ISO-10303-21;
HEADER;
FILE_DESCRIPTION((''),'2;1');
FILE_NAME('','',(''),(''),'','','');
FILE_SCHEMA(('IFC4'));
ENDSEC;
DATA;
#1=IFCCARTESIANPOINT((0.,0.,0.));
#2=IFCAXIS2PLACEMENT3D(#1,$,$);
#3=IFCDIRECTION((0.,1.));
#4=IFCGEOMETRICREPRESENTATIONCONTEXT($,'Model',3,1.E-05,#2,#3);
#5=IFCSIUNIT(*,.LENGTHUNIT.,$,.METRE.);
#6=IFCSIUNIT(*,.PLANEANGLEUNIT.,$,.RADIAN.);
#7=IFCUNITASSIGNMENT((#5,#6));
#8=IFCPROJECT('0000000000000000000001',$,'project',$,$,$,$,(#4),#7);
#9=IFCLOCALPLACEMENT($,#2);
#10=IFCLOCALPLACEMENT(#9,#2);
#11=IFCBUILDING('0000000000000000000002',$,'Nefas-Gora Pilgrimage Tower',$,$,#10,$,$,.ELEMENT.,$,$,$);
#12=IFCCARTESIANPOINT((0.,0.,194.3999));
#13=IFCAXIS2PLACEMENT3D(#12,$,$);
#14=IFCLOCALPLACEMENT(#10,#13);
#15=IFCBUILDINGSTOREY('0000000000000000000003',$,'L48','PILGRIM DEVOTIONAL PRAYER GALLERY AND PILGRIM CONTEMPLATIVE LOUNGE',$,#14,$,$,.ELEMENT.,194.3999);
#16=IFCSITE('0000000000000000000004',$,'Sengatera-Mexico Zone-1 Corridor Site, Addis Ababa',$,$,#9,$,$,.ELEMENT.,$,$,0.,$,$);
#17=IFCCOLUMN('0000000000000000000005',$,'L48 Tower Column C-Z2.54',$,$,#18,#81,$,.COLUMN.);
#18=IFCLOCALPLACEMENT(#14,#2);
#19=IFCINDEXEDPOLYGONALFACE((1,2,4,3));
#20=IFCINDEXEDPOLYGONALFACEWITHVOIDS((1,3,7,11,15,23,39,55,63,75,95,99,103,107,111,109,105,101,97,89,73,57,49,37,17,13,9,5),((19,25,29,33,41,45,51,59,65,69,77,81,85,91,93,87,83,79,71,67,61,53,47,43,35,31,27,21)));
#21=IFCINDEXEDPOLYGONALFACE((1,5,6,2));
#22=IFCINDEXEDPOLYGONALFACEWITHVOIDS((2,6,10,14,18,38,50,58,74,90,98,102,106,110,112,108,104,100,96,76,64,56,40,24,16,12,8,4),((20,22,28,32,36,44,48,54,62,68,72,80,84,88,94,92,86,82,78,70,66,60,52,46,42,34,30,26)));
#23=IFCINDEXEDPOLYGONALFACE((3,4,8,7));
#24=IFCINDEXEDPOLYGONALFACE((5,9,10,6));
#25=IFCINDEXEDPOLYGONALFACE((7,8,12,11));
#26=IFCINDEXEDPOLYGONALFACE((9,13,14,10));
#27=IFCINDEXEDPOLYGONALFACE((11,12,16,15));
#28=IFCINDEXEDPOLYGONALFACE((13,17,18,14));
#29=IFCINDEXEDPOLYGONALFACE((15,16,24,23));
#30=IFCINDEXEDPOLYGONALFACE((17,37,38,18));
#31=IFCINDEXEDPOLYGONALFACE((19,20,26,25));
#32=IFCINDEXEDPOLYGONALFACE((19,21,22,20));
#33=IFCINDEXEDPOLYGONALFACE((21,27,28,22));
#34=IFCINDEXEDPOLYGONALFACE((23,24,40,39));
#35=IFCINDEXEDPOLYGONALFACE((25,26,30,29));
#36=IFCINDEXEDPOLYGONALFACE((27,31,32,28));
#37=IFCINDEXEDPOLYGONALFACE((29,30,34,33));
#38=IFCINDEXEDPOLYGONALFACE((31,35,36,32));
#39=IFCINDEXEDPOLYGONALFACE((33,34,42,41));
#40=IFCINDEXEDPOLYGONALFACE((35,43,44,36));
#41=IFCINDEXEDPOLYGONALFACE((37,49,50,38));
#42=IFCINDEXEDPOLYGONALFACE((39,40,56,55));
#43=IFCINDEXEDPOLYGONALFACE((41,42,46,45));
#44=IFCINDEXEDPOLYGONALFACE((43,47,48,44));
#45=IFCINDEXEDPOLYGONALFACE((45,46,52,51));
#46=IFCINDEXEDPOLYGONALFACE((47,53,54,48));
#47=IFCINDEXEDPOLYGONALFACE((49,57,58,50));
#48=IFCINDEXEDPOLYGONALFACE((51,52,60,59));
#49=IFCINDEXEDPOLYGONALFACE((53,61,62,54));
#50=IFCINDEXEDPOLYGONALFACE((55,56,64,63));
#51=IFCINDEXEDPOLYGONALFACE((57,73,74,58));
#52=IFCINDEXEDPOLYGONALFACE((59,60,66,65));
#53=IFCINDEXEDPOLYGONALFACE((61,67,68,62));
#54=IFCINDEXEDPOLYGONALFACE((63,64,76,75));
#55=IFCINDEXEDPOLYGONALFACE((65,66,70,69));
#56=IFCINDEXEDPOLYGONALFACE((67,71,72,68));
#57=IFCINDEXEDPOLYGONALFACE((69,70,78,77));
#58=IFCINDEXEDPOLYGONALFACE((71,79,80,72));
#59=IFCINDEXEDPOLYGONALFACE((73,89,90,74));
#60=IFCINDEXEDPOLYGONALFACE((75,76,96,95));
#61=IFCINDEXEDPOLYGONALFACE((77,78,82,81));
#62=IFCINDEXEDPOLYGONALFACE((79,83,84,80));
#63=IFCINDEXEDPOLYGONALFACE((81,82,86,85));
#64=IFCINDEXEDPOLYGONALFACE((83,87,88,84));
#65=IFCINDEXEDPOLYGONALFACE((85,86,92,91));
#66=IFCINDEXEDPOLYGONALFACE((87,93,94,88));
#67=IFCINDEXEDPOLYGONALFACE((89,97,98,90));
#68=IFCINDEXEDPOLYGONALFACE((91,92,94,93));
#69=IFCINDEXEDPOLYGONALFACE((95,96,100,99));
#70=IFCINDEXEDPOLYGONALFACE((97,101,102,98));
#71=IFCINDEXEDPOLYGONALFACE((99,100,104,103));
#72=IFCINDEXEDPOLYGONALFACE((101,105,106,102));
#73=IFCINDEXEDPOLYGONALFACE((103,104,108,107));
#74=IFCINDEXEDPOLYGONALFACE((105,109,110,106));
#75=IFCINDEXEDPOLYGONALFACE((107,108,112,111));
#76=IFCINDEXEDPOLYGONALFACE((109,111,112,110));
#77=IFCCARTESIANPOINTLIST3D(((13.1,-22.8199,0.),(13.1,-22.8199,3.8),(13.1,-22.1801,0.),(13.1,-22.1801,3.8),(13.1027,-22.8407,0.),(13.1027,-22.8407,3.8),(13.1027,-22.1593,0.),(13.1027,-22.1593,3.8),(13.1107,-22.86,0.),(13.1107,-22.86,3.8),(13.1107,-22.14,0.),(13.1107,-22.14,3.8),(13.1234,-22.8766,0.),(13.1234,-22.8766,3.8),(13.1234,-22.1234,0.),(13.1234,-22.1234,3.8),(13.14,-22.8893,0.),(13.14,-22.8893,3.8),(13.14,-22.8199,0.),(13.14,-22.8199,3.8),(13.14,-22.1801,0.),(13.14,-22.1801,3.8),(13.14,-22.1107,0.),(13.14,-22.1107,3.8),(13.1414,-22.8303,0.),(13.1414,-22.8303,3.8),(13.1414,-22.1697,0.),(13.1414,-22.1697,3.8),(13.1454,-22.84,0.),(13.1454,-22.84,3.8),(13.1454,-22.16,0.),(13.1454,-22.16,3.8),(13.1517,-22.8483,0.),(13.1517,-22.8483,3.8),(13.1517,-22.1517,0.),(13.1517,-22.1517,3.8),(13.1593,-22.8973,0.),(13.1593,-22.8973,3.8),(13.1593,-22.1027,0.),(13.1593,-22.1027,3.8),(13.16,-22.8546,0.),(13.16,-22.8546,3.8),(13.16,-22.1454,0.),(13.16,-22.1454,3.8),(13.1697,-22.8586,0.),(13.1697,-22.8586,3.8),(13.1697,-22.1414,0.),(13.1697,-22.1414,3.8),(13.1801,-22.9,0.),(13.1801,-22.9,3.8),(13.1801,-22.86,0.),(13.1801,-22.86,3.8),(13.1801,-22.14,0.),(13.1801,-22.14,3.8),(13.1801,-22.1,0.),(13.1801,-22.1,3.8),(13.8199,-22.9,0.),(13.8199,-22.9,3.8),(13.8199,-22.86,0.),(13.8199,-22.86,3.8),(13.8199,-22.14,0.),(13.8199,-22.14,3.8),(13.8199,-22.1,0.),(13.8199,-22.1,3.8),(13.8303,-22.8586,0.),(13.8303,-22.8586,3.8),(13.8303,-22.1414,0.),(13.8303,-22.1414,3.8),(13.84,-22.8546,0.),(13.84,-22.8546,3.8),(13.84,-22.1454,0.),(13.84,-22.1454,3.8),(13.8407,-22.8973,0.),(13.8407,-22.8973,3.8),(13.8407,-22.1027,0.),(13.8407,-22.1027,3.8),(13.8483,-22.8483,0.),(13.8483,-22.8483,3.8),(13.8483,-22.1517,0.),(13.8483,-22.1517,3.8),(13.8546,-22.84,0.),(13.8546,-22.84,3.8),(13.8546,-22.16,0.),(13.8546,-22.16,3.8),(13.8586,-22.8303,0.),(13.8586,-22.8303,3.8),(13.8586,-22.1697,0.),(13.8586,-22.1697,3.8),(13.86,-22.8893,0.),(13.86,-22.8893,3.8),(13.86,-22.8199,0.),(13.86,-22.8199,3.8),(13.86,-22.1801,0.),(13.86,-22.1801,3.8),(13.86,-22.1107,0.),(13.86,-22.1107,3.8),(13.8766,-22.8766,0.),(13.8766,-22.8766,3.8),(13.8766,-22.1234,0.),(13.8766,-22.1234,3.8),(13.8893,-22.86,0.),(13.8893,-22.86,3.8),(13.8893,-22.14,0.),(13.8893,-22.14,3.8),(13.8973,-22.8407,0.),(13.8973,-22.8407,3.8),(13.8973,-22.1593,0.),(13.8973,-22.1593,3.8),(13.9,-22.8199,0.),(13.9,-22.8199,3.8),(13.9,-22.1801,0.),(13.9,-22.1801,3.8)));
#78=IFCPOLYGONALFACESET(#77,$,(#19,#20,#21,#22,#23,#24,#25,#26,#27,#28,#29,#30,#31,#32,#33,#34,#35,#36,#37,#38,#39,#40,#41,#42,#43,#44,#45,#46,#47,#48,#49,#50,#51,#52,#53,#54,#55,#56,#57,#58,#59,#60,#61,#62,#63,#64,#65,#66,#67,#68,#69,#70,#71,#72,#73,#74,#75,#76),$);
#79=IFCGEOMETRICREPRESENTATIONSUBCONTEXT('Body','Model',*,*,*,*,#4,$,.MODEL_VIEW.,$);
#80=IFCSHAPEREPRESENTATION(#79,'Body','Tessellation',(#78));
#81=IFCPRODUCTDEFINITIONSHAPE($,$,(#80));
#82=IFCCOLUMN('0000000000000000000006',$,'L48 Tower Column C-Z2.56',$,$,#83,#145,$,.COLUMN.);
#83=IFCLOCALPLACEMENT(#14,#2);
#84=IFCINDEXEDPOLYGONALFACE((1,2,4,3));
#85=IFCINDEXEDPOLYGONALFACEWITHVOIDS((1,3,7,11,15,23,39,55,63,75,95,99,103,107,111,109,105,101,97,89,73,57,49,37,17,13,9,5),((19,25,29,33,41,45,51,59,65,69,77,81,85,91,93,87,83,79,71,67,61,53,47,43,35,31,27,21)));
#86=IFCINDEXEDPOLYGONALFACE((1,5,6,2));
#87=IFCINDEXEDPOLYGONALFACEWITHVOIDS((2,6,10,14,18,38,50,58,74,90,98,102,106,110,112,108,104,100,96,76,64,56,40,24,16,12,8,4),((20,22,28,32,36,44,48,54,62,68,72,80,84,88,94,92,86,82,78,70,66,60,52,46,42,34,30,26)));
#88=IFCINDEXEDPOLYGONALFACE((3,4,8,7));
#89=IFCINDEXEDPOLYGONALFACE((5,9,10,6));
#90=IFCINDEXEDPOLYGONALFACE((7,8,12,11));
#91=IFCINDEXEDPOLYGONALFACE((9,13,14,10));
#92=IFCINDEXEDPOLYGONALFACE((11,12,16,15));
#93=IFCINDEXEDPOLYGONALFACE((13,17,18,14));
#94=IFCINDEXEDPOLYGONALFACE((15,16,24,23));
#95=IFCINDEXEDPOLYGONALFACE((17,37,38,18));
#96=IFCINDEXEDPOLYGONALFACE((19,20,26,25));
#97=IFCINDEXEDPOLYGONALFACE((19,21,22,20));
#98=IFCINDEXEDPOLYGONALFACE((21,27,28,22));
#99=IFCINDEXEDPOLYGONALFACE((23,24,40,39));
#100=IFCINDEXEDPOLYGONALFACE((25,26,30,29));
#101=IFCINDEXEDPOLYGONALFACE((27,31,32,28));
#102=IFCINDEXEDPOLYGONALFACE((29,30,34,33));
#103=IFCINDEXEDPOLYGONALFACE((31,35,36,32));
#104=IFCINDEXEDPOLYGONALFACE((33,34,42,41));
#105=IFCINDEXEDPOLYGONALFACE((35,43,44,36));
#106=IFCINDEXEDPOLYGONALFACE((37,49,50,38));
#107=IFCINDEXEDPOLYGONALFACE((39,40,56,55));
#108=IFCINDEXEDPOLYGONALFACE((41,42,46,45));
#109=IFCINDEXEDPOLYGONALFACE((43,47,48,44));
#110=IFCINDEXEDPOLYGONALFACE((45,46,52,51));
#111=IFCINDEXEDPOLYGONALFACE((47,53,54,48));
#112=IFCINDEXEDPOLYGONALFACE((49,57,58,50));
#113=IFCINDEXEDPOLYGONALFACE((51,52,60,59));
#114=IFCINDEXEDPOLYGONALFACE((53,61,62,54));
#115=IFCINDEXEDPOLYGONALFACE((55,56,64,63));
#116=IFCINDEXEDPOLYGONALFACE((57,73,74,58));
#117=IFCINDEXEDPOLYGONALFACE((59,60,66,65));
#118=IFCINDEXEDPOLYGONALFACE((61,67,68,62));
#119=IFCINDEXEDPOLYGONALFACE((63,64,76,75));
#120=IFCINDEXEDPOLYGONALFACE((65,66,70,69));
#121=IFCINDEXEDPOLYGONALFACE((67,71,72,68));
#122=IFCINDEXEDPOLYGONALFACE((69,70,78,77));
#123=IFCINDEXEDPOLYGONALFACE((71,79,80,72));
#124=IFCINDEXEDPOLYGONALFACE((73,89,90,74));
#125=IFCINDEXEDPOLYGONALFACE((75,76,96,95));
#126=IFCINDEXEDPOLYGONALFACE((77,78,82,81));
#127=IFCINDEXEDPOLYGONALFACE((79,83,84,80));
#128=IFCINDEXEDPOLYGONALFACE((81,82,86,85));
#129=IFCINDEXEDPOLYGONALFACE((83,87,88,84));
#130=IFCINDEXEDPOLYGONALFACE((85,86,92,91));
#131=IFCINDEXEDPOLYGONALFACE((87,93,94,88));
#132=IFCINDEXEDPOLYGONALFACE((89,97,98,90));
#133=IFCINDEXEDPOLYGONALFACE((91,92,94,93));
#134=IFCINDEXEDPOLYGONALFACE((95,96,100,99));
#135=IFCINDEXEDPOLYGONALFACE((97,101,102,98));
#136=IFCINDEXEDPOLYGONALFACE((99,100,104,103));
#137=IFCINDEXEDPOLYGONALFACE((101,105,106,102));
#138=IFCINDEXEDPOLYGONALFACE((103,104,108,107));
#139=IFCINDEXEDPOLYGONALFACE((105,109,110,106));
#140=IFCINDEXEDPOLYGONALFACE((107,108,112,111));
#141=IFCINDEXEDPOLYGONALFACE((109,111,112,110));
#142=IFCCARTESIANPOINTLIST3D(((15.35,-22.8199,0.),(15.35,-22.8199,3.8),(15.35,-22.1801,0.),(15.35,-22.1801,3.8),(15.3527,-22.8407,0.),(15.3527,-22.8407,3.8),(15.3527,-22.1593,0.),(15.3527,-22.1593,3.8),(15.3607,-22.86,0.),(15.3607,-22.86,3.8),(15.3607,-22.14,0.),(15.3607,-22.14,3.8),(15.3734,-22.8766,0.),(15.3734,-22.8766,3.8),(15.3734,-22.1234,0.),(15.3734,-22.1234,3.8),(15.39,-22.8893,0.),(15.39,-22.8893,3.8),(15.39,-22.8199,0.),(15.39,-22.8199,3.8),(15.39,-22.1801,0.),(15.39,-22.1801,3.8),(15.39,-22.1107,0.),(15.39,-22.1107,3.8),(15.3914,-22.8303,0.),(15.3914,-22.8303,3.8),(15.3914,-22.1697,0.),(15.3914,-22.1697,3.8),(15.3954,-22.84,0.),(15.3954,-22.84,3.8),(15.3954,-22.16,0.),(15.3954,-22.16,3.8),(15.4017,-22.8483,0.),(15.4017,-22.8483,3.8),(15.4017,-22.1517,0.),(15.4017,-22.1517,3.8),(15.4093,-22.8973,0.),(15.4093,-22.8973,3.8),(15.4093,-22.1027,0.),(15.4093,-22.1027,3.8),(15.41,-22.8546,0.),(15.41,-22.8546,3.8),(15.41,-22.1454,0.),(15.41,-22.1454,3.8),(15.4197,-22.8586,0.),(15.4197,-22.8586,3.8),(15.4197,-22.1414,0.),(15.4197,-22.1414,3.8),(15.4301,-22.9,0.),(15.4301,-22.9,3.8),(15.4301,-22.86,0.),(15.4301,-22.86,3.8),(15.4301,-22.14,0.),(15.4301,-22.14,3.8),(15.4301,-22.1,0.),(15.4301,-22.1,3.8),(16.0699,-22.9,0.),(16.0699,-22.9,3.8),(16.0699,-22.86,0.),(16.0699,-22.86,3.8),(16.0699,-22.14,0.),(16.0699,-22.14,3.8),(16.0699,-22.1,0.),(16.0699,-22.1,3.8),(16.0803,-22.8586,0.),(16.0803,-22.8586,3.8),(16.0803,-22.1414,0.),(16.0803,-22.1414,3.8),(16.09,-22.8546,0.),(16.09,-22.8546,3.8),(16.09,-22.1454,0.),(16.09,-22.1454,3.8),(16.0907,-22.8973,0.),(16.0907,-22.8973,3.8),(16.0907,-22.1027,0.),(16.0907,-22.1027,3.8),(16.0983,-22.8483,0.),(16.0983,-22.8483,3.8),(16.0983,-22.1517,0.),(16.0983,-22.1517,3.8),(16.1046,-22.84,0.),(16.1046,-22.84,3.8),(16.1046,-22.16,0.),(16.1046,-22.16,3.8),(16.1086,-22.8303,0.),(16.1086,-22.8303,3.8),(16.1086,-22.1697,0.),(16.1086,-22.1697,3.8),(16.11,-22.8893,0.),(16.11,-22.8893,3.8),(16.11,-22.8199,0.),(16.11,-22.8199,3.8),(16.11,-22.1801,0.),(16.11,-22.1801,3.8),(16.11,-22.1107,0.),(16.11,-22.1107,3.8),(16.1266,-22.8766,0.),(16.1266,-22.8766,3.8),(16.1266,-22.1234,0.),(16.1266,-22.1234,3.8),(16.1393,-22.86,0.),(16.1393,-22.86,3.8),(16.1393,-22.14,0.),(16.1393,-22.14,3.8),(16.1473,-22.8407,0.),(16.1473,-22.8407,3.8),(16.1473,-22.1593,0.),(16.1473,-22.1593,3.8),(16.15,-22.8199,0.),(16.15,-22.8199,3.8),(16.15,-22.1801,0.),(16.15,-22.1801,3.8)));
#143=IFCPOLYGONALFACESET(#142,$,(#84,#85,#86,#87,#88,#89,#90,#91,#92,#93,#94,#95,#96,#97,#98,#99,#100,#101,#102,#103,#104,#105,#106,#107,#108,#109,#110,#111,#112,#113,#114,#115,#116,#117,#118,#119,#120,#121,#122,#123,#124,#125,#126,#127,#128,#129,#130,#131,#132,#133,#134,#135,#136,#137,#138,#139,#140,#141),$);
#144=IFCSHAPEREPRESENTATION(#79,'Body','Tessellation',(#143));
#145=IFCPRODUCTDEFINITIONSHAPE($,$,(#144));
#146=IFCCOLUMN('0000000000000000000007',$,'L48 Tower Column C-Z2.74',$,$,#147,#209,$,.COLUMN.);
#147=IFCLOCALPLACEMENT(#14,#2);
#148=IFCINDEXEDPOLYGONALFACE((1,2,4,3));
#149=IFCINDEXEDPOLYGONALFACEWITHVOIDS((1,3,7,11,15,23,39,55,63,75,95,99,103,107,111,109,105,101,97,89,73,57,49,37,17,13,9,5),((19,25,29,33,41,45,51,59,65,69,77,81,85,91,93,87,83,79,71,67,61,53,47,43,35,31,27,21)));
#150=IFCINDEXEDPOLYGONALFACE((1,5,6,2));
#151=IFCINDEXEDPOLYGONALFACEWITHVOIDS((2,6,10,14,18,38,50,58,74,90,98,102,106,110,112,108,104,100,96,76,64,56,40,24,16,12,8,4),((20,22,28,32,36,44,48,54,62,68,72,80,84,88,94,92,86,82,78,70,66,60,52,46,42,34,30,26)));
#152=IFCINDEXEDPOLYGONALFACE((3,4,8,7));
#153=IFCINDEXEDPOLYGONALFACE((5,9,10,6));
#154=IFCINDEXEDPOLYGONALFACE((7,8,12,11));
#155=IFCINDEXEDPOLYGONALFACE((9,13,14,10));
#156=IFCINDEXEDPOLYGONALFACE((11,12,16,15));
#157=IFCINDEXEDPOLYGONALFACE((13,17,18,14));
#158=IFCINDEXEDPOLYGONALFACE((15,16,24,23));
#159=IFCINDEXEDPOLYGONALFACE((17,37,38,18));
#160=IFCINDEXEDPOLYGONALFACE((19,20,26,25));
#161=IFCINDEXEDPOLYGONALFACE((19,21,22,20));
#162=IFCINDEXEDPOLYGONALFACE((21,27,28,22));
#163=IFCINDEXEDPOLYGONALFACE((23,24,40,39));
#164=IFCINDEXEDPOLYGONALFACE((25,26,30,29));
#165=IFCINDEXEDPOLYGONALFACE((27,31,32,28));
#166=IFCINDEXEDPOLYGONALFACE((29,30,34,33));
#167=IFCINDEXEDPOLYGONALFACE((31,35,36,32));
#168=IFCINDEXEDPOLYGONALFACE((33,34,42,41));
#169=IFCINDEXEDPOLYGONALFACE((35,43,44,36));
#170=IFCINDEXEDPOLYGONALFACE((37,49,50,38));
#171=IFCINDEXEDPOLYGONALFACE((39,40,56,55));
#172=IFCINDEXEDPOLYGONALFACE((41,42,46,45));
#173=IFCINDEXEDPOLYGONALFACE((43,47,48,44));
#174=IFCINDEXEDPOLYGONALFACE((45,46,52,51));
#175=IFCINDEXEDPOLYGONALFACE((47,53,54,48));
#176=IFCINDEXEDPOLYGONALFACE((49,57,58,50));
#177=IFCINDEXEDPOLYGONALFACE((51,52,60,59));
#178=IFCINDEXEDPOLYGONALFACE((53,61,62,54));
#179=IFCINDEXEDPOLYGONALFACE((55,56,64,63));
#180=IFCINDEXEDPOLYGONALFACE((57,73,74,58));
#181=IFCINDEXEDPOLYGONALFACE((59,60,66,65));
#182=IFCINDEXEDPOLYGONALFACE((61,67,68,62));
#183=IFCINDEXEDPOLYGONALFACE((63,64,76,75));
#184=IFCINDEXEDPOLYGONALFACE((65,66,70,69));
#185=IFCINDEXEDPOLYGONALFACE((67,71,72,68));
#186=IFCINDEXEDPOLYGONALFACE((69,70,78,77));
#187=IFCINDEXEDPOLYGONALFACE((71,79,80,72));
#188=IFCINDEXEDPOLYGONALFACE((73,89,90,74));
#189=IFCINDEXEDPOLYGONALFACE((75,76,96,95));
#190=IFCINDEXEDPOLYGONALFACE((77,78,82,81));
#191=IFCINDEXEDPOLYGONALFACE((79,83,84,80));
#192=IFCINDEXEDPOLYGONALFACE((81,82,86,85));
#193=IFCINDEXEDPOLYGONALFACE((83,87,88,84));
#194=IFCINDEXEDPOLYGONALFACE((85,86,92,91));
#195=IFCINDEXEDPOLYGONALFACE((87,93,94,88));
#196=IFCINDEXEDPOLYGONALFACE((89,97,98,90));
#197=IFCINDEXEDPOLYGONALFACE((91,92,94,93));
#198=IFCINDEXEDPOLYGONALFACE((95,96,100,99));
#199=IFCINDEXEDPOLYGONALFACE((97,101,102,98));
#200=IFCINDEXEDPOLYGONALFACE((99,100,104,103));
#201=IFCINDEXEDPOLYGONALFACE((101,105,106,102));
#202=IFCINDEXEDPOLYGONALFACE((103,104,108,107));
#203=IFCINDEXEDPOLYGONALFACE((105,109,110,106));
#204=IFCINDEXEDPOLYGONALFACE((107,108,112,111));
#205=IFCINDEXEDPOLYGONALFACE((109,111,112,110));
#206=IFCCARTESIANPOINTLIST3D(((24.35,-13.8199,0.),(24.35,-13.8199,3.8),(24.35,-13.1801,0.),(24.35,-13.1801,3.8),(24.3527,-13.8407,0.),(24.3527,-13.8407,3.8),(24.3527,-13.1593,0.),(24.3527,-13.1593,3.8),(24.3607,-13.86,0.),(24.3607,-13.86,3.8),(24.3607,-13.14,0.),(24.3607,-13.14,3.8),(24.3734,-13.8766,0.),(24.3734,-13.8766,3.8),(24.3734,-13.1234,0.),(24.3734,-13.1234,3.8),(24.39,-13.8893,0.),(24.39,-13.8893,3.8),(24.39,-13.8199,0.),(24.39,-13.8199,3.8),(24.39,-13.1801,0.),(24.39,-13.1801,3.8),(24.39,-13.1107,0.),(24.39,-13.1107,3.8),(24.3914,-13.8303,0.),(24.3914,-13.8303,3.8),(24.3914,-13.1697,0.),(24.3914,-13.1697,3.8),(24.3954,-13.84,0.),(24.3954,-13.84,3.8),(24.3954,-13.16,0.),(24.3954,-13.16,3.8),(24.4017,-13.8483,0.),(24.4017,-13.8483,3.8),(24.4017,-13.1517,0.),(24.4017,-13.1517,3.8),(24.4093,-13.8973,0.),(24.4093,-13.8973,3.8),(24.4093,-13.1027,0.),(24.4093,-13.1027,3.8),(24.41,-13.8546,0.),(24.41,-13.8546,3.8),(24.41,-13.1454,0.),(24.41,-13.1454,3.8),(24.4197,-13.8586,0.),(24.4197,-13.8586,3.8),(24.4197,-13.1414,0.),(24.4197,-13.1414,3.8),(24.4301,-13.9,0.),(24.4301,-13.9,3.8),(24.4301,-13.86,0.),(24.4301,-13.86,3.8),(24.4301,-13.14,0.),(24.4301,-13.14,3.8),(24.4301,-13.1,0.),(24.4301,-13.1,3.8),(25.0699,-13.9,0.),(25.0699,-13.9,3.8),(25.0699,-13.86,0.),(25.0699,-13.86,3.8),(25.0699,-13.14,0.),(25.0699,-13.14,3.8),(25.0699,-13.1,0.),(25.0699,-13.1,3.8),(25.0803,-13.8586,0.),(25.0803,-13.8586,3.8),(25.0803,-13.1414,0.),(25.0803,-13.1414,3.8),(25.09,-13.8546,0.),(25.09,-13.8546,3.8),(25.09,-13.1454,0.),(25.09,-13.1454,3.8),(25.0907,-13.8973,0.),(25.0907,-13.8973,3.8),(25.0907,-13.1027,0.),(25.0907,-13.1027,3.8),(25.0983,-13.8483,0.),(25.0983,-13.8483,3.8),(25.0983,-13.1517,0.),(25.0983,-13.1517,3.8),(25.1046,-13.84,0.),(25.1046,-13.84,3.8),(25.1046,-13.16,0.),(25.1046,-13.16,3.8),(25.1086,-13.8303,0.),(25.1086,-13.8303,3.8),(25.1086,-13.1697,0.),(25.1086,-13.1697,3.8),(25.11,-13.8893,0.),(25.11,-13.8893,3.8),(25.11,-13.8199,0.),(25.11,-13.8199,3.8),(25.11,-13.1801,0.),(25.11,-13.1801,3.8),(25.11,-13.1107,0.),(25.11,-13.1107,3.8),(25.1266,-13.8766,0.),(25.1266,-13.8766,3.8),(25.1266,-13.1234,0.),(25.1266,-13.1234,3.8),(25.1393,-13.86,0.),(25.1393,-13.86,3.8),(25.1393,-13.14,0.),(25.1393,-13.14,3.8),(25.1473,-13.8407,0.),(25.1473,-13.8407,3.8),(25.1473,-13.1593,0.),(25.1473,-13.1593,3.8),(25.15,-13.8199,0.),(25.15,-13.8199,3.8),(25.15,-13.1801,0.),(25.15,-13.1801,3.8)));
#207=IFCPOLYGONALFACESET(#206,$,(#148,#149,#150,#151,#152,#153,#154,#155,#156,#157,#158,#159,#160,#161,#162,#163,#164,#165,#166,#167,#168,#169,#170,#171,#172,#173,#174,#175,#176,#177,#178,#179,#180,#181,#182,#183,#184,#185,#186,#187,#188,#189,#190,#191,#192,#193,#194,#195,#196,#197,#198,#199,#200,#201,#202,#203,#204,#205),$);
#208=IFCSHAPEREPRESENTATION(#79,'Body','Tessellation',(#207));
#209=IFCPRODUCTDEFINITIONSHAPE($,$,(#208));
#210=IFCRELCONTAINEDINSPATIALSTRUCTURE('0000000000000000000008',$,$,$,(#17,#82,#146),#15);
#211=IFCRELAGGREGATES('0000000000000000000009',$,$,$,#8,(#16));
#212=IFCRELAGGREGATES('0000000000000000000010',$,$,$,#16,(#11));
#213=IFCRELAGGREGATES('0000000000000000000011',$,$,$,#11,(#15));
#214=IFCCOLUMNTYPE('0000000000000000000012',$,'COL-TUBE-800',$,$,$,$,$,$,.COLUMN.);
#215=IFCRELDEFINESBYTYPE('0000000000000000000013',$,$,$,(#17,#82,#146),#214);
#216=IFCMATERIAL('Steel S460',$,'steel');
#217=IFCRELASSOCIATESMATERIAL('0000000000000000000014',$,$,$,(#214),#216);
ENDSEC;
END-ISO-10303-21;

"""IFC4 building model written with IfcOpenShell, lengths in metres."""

from ifc_helpers import new_model, si_unit, direction, frame, origin, origin_2d, place, context, subcontext, project, spatial, hollow_rectangle, extrude, source, transform, mapped, material, material_profile, profile_set, type_object, element, save


model = new_model("IFC4")

# Units and contexts
model_context = context("Model", 3, precision=1e-05, world=origin(), true_north=direction((0.0, 1.0)))
body_context = subcontext(model_context, "Body", "Model", "MODEL_VIEW")
ifc_project = project(units=[si_unit("LENGTHUNIT", "METRE"), si_unit("PLANEANGLEUNIT", "RADIAN")], contexts=[model_context])

# Site, building, storey
site_placement = place(None, origin())
site = spatial("IfcSite", under=ifc_project, at=site_placement, Name="Sengatera-Mexico Zone-1 Corridor Site, Addis Ababa", CompositionType="ELEMENT", RefElevation=0.0)
building_placement = place(site_placement, origin())
building = spatial("IfcBuilding", under=site, at=building_placement, Name="Nefas-Gora Pilgrimage Tower", CompositionType="ELEMENT")
storey_placement = place(building_placement, frame((0.0, 0.0, 194.3999)))
storey = spatial("IfcBuildingStorey", under=building, at=storey_placement, Name="L48", Description="PILGRIM DEVOTIONAL PRAYER GALLERY AND PILGRIM CONTEMPLATIVE LOUNGE", CompositionType="ELEMENT", Elevation=194.3999)

# Columns
ifc_material_1 = material(Name="Steel S460", Category="steel")
ifc_material_profile_1 = material_profile(ifc_material_1, hollow_rectangle(XDim=0.8, YDim=0.8, WallThickness=0.04, InnerFilletRadius=0.04, OuterFilletRadius=0.0801, at=origin_2d()), Name="BOX 800x800x40")
ifc_profile_set_1 = profile_set([ifc_material_profile_1], Name="Steel S460")
column_type_1 = type_object("IfcColumnType", Name="COL-TUBE-800", PredefinedType="COLUMN", material=ifc_profile_set_1)
shared_shape_1 = source(origin(), body_context, "Body", "SweptSolid", [
    extrude(hollow_rectangle(XDim=0.8, YDim=0.8, WallThickness=0.04, InnerFilletRadius=0.04, OuterFilletRadius=0.0801, at=origin_2d()), origin(), (0.0, 0.0, 1.0), 3.8),
])
for number, where, z_axis, x_axis, name in (
    (1, (13.5, -22.5, 0.0), (0.0, 0.0, 1.0), (1.0, 0.0, 0.0), "L48 Tower Column C-Z2.54"),
    (2, (15.75, -22.5, 0.0), (0.0, 0.0, 1.0), (1.0, 0.0, 0.0), "L48 Tower Column C-Z2.56"),
    (3, (24.75, -13.5, 0.0), (0.0, 0.0, 1.0), (1.0, 0.0, 0.0), "L48 Tower Column C-Z2.74"),
):
    element("IfcColumn", number, at=place(storey_placement, frame(where, z_axis=z_axis, x_axis=x_axis)), inside=storey, type_object=column_type_1, Name=name, PredefinedType="COLUMN", context=body_context, shape_type="MappedRepresentation", body=[
        mapped(shared_shape_1, transform((0.0, 0.0, 0.0), x_axis=(1.0, 0.0, 0.0), y_axis=(0.0, 1.0, 0.0), z_axis=(0.0, 0.0, 1.0), scale=1.0)),
    ])

save(model, "model.ifc")
